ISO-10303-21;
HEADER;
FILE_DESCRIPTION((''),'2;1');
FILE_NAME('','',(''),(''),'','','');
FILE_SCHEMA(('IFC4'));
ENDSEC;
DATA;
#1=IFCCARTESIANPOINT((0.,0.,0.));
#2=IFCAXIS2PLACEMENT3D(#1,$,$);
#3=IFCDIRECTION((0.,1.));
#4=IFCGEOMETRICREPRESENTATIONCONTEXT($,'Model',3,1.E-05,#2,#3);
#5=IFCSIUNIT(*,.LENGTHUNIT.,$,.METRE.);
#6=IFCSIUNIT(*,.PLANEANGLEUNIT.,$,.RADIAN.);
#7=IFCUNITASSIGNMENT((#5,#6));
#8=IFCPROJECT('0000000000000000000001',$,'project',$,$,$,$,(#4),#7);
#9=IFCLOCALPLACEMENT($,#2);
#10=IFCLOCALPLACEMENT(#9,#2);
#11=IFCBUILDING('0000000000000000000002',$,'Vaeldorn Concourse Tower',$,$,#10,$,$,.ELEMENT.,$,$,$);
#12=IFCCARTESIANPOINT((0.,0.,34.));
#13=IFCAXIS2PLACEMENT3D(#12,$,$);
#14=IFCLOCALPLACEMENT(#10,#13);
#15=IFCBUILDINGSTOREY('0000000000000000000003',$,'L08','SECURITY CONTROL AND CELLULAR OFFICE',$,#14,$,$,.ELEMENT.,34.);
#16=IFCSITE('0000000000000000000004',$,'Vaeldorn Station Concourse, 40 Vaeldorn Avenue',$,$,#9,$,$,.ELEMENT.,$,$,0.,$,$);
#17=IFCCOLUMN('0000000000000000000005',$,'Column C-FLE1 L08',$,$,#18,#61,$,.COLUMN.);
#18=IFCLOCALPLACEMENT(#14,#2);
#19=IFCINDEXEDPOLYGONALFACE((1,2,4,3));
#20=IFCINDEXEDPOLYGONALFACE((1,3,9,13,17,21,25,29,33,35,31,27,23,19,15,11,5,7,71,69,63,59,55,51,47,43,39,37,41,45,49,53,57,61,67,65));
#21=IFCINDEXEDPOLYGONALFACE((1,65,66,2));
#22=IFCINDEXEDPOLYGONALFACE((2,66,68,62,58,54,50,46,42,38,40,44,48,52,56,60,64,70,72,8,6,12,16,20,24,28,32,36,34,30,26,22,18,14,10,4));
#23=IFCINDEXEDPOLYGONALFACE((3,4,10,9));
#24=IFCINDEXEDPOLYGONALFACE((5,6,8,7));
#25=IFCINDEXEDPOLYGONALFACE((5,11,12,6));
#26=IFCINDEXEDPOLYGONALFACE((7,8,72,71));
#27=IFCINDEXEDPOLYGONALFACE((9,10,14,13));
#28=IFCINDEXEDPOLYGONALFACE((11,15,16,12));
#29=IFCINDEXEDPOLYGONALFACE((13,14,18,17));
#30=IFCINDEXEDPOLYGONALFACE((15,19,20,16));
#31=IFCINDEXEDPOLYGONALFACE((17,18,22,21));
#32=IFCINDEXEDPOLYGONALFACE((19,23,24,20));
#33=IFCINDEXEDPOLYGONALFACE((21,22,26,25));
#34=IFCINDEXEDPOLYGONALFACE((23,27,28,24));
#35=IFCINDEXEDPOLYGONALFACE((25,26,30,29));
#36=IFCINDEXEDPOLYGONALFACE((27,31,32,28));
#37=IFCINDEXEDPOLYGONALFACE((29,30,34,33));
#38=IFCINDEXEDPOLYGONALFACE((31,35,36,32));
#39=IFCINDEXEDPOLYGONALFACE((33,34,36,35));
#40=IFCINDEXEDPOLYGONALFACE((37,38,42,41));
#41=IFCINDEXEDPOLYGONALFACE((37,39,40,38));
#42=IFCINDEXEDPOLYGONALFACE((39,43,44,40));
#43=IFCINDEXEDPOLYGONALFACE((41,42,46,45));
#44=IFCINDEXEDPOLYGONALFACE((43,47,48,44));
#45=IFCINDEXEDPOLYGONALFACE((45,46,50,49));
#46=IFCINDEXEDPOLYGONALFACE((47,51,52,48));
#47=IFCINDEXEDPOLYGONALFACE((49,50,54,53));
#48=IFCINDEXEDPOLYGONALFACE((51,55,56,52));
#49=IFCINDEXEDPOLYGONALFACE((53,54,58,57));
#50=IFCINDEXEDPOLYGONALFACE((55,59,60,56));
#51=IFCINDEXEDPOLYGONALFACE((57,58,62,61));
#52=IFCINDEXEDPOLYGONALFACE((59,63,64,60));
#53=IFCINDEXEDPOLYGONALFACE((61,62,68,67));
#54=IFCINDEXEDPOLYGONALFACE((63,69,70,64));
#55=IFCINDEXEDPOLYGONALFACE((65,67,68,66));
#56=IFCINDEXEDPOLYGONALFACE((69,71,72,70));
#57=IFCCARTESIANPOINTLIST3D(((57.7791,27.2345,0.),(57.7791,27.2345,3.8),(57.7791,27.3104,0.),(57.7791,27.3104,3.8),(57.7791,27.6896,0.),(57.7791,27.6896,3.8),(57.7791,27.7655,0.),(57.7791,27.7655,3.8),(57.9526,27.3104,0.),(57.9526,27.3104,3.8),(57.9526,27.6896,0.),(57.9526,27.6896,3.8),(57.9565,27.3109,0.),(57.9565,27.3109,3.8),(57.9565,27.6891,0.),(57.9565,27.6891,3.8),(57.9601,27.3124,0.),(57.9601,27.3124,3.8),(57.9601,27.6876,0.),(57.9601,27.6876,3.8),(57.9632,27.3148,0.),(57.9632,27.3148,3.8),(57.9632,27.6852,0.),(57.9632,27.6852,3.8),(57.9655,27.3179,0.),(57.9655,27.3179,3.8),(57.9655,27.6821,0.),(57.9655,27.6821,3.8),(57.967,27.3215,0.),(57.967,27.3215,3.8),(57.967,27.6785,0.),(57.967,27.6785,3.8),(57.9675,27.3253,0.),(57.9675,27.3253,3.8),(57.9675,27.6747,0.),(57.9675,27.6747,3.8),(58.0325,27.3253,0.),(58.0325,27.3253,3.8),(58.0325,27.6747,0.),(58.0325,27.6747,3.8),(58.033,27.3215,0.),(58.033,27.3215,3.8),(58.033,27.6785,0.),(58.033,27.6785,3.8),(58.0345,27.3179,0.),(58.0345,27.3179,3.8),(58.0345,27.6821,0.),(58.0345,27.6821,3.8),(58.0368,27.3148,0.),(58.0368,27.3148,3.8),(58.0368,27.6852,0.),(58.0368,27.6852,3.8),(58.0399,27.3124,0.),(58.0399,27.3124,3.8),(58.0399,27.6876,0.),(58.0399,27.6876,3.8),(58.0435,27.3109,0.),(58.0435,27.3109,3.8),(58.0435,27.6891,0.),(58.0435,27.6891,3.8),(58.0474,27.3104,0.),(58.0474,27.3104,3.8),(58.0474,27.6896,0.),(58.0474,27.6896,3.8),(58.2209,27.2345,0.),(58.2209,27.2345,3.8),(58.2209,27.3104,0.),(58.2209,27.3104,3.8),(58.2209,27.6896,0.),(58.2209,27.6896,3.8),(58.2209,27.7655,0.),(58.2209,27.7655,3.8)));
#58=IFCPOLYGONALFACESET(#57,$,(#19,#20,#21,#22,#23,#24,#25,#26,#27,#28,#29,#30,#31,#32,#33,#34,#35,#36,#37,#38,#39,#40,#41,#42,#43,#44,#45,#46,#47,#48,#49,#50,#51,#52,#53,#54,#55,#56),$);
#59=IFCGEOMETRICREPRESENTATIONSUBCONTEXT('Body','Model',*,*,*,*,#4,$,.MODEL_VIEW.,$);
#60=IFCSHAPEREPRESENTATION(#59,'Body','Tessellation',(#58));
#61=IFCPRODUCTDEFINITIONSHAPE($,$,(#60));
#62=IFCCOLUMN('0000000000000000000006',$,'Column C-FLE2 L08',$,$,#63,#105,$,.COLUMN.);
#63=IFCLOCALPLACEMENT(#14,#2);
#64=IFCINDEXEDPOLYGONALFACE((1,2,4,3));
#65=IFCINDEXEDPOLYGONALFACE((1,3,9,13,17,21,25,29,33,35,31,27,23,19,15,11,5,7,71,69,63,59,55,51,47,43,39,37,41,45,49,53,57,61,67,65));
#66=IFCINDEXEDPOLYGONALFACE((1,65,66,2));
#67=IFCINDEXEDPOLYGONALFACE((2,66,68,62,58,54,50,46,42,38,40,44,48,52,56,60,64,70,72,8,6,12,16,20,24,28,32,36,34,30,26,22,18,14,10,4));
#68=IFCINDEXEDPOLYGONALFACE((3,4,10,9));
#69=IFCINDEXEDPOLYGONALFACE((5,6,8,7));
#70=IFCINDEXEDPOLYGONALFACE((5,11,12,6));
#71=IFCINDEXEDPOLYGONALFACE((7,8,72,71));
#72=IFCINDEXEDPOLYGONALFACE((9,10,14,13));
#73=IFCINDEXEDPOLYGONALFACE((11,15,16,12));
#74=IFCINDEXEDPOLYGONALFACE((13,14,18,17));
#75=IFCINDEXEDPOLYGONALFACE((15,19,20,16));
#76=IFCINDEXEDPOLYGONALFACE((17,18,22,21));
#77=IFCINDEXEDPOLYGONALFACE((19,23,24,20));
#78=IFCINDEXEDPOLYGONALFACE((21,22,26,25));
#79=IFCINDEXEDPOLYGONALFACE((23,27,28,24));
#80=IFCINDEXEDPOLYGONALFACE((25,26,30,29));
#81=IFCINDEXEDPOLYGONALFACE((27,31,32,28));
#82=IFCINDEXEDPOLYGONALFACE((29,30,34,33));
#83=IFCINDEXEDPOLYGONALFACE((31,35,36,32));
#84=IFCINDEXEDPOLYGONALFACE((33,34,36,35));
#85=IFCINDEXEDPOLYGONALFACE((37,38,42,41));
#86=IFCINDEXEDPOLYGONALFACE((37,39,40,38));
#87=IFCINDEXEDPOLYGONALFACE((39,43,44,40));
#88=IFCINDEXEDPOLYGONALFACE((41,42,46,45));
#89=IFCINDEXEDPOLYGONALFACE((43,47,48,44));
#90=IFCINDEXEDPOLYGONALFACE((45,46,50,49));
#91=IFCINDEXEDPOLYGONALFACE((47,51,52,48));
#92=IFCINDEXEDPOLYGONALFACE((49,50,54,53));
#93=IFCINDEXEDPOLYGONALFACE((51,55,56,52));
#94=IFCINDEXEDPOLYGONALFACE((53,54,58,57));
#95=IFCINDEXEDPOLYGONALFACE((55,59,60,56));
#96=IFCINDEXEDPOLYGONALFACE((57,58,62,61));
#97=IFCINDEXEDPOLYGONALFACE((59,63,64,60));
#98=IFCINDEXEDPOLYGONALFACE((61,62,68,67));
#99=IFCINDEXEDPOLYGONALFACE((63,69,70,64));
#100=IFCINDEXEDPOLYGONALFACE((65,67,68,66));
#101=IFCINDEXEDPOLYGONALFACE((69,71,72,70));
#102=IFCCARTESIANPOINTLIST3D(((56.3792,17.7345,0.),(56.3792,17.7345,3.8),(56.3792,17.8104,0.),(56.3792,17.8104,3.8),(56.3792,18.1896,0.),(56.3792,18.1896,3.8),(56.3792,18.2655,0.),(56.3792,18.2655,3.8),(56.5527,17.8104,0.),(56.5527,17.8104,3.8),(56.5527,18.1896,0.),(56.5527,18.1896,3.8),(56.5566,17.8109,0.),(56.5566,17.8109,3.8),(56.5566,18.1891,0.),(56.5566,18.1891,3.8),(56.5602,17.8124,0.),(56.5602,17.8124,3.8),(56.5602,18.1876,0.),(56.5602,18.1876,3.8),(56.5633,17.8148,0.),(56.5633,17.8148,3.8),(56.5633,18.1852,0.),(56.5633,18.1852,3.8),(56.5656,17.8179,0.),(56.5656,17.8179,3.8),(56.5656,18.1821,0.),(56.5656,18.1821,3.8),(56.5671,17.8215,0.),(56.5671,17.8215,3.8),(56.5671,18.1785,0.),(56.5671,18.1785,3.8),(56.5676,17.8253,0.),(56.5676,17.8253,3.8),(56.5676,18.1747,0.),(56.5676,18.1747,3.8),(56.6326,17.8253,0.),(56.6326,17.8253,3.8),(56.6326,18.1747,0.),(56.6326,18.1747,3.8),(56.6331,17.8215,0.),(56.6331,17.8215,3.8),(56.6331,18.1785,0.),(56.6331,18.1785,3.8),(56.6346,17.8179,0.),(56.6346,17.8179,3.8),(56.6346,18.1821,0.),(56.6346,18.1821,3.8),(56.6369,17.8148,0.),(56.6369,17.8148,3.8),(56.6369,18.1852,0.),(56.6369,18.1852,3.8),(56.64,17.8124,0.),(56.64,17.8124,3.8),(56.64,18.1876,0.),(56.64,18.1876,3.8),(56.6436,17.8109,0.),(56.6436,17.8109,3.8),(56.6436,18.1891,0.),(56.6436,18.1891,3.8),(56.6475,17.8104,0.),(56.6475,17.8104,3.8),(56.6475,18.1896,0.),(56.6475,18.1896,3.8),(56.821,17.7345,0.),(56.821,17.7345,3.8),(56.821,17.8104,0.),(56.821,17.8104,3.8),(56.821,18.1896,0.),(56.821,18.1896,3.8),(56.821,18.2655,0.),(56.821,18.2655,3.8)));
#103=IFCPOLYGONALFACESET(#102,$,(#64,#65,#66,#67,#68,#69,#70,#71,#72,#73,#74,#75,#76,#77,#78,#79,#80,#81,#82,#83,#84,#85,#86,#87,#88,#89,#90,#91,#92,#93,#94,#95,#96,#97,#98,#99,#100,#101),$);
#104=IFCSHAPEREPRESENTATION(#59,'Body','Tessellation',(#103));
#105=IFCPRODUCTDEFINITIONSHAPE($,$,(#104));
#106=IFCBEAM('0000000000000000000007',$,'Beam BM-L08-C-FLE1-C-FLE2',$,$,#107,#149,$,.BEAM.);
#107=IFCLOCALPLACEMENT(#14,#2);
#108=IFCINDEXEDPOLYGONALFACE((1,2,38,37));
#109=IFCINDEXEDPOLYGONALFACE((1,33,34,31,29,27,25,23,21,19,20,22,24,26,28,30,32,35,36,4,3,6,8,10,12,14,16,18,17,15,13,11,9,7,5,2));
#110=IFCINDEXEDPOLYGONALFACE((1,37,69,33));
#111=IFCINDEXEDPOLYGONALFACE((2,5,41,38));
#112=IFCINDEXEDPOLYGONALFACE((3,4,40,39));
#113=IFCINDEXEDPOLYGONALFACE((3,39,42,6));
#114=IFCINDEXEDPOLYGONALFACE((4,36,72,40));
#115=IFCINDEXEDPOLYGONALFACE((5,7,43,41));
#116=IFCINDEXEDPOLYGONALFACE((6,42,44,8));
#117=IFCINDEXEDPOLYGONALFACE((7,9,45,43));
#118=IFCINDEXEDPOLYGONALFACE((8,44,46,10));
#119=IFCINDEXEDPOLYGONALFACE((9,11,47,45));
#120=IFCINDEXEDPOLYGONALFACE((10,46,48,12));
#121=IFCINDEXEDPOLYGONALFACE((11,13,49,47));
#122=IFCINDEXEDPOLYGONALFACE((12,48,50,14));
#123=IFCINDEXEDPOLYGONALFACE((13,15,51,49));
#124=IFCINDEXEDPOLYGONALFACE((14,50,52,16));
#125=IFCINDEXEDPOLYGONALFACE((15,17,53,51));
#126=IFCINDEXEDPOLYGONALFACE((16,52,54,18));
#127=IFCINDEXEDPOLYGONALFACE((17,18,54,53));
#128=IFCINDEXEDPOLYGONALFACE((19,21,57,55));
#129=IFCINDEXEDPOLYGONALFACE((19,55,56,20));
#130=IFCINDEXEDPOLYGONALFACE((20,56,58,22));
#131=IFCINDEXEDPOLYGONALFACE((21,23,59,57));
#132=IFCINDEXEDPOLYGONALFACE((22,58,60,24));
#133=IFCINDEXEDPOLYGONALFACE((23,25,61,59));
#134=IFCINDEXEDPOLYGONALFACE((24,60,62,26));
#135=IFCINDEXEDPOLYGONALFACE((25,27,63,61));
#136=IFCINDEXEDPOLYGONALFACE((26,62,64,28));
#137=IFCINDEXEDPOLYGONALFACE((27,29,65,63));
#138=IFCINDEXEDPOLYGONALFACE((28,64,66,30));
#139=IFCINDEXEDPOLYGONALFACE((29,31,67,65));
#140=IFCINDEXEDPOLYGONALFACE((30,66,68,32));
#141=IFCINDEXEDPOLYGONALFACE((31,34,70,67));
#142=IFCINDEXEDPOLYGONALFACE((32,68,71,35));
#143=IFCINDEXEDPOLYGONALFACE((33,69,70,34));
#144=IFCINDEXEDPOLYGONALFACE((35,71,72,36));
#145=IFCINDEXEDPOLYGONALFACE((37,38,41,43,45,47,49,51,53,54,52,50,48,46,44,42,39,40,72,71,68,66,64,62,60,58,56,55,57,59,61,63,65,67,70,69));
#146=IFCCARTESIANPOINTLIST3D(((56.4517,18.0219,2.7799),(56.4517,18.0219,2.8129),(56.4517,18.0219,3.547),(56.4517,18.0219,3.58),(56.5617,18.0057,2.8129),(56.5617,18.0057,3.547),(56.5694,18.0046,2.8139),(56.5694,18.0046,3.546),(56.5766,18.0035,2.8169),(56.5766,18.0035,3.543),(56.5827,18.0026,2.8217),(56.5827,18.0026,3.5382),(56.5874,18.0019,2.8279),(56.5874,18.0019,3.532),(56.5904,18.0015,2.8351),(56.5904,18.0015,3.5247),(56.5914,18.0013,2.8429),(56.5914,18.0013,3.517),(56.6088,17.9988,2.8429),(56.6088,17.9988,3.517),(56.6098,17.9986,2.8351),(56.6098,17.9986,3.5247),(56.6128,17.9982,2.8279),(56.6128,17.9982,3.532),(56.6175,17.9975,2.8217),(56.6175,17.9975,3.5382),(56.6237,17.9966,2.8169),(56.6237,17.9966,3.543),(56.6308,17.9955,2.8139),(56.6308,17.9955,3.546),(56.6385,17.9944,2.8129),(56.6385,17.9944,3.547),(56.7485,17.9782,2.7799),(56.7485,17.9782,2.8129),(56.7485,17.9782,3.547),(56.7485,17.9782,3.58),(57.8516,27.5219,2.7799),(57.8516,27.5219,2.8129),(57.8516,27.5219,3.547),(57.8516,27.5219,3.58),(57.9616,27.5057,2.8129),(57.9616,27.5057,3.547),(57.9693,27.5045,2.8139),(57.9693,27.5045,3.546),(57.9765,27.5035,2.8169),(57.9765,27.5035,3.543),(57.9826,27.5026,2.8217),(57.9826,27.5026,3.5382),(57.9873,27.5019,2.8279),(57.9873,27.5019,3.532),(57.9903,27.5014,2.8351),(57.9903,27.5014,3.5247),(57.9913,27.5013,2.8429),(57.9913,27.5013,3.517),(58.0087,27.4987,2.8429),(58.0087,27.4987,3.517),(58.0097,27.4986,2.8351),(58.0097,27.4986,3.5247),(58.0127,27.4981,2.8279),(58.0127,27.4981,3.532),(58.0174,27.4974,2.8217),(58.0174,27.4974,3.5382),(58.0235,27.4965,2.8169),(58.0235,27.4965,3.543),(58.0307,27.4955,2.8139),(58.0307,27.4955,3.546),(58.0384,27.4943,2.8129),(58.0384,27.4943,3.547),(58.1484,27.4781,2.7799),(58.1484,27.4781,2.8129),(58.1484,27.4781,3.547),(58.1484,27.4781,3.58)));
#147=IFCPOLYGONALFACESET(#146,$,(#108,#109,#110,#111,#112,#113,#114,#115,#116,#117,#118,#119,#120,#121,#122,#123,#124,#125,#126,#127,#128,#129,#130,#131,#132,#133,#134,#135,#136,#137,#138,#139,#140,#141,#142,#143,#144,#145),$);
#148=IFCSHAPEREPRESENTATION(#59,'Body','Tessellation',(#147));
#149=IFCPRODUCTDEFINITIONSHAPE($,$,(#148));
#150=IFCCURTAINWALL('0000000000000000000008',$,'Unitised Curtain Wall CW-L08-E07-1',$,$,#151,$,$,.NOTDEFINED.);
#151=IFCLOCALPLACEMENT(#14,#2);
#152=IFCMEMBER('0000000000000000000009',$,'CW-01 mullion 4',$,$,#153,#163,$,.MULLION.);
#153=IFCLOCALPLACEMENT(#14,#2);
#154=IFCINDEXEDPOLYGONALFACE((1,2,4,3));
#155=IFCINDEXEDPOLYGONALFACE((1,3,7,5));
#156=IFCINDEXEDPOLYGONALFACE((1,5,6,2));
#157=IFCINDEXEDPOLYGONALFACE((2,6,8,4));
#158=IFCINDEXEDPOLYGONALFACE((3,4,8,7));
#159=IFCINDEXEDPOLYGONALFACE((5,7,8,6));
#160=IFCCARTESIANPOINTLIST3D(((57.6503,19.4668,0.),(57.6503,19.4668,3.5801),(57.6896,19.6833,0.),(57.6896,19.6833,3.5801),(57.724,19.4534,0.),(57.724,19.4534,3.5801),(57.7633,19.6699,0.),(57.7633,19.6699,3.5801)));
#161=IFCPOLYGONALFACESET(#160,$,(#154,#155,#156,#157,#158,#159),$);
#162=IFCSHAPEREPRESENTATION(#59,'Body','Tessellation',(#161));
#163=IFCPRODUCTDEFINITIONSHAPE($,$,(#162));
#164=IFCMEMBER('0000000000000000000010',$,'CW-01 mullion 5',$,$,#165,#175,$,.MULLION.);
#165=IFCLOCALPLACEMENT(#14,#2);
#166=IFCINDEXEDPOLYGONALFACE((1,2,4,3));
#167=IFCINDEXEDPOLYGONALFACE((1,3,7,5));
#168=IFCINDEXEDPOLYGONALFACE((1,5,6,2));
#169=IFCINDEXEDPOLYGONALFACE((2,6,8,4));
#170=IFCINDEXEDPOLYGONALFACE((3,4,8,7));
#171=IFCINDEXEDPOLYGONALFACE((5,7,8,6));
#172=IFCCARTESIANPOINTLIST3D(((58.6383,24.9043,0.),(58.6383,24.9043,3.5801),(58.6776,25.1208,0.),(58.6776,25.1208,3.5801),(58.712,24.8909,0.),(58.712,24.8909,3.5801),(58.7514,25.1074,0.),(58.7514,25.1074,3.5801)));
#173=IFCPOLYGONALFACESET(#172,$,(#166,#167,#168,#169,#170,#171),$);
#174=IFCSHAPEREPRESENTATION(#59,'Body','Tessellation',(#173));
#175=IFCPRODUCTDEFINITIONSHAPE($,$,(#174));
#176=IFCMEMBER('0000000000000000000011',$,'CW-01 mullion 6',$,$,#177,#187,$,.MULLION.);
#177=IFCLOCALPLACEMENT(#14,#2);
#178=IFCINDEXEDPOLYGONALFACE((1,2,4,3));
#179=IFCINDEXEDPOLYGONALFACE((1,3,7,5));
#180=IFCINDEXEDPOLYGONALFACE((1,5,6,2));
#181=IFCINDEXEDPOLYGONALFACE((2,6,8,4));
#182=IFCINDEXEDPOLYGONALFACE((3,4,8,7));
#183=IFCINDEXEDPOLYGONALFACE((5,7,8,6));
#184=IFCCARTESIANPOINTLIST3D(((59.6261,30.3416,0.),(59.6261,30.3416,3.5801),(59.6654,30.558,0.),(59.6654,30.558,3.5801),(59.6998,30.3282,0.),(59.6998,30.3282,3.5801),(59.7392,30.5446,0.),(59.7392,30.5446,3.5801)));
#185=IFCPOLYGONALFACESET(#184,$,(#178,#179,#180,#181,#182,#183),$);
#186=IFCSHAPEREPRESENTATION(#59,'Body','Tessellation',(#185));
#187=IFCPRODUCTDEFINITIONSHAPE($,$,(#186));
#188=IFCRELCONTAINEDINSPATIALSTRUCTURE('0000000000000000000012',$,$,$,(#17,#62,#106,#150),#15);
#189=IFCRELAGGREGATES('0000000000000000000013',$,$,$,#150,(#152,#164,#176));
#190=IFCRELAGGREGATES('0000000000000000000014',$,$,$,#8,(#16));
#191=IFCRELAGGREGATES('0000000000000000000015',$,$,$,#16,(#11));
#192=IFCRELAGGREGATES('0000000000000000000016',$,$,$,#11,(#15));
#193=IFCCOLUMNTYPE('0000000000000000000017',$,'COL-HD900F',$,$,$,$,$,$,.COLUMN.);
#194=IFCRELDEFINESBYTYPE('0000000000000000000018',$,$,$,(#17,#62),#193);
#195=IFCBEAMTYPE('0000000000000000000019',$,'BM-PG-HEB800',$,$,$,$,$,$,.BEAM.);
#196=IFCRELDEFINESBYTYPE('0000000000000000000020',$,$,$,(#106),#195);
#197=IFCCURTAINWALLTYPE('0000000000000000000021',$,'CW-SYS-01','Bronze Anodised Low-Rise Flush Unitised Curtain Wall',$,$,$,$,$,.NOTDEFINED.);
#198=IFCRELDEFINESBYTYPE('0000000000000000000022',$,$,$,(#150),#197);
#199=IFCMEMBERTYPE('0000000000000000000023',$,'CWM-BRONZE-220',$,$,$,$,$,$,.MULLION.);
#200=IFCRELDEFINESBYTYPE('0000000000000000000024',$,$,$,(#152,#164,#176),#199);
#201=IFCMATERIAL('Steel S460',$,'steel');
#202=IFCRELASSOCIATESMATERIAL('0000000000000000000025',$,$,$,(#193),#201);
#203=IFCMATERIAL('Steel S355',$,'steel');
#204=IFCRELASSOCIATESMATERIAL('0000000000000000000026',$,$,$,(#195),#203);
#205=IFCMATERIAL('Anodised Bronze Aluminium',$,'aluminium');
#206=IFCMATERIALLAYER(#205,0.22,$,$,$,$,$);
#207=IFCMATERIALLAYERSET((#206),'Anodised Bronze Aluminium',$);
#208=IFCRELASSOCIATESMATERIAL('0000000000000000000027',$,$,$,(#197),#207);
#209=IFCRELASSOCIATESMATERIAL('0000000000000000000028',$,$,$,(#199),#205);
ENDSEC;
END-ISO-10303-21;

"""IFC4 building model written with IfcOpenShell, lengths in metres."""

from ifc_helpers import new_model, si_unit, direction, frame, origin, origin_2d, place, context, subcontext, project, spatial, rectangle, i_section, extrude, source, transform, mapped, material, layer, layer_set, material_profile, profile_set, type_object, element, aggregate, save


model = new_model("IFC4")

# Units and contexts
model_context = context("Model", 3, precision=1e-05, world=origin(), true_north=direction((0.0, 1.0)))
body_context = subcontext(model_context, "Body", "Model", "MODEL_VIEW")
ifc_project = project(units=[si_unit("LENGTHUNIT", "METRE"), si_unit("PLANEANGLEUNIT", "RADIAN")], contexts=[model_context])

# Site, building, storey
site_placement = place(None, origin())
site = spatial("IfcSite", under=ifc_project, at=site_placement, Name="Vaeldorn Station Concourse, 40 Vaeldorn Avenue", CompositionType="ELEMENT", RefElevation=0.0)
building_placement = place(site_placement, origin())
building = spatial("IfcBuilding", under=site, at=building_placement, Name="Vaeldorn Concourse Tower", CompositionType="ELEMENT")
storey_placement = place(building_placement, frame((0.0, 0.0, 34.0)))
storey = spatial("IfcBuildingStorey", under=building, at=storey_placement, Name="L08", Description="SECURITY CONTROL AND CELLULAR OFFICE", CompositionType="ELEMENT", Elevation=34.0)

# Columns
ifc_material_1 = material(Name="Steel S460", Category="steel")
ifc_material_profile_1 = material_profile(ifc_material_1, i_section(OverallWidth=0.4419, OverallDepth=0.531, WebThickness=0.0649, FlangeThickness=0.0759, FilletRadius=0.0149, at=origin_2d()), Name="HD 400x900")
ifc_profile_set_1 = profile_set([ifc_material_profile_1], Name="Steel S460")
column_type = type_object("IfcColumnType", Name="COL-HD900F", PredefinedType="COLUMN", material=ifc_profile_set_1)
shared_shape_1 = source(origin(), body_context, "Body", "SweptSolid", [
    extrude(i_section(OverallWidth=0.4419, OverallDepth=0.531, WebThickness=0.0649, FlangeThickness=0.0759, FilletRadius=0.0149, at=origin_2d()), origin(), (0.0, 0.0, 1.0), 3.8),
])
for number, where, z_axis, x_axis, name in (
    (1, (58.0, 27.5, 0.0), (0.0, 0.0, 1.0), (1.0, 0.0, 0.0), "Column C-FLE1 L08"),
    (2, (56.6001, 18.0, 0.0), (0.0, 0.0, 1.0), (1.0, 0.0, 0.0), "Column C-FLE2 L08"),
):
    element("IfcColumn", number, at=place(storey_placement, frame(where, z_axis=z_axis, x_axis=x_axis)), inside=storey, type_object=column_type, Name=name, PredefinedType="COLUMN", context=body_context, shape_type="MappedRepresentation", body=[
        mapped(shared_shape_1, transform((0.0, 0.0, 0.0), scale=1.0)),
    ])

# Beam
ifc_material_2 = material(Name="Steel S355", Category="steel")
ifc_material_profile_2 = material_profile(ifc_material_2, i_section(OverallWidth=0.3, OverallDepth=0.8, WebThickness=0.0176, FlangeThickness=0.033, FilletRadius=0.03, at=origin_2d()), Name="HEB 800")
ifc_profile_set_2 = profile_set([ifc_material_profile_2], Name="Steel S355")
beam_type = type_object("IfcBeamType", Name="BM-PG-HEB800", PredefinedType="BEAM", material=ifc_profile_set_2)
shared_shape_2 = source(origin(), body_context, "Body", "SweptSolid", [
    extrude(i_section(OverallWidth=0.3, OverallDepth=0.8, WebThickness=0.0176, FlangeThickness=0.033, FilletRadius=0.03, at=origin_2d()), origin(), (0.0, 0.0, 1.0), 9.6025),
])
beam_placement = place(storey_placement, frame((58.0, 27.5, 3.1799), z_axis=(-0.145784, -0.989316, 0.0), x_axis=(0.989316, -0.145784, 0.0)))
element("IfcBeam", 3, at=beam_placement, inside=storey, type_object=beam_type, Name="Beam BM-L08-C-FLE1-C-FLE2", PredefinedType="BEAM", context=body_context, shape_type="MappedRepresentation", body=[
    mapped(shared_shape_2, transform((0.0, 0.0, 0.0), scale=1.0)),
])

# Curtain wall, members
ifc_material_3 = material(Name="Anodised Bronze Aluminium", Category="aluminium")
ifc_layer_1 = layer(ifc_material_3, 0.22)
ifc_layer_set_1 = layer_set([ifc_layer_1], Name="Anodised Bronze Aluminium")
curtain_wall_type = type_object("IfcCurtainWallType", Name="CW-SYS-01", Description="Bronze Anodised Low-Rise Flush Unitised Curtain Wall", PredefinedType="NOTDEFINED", material=ifc_layer_set_1)
curtain_wall_placement = place(storey_placement, origin())
curtain_wall = element("IfcCurtainWall", 4, at=curtain_wall_placement, inside=storey, type_object=curtain_wall_type, Name="Unitised Curtain Wall CW-L08-E07-1", PredefinedType="NOTDEFINED")
ifc_material_profile_3 = material_profile(ifc_material_3, rectangle(XDim=0.075, YDim=0.22, at=origin_2d()), Name="CWM 75x220")
ifc_profile_set_3 = profile_set([ifc_material_profile_3], Name="Anodised Bronze Aluminium")
member_type_1 = type_object("IfcMemberType", Name="CWM-BRONZE-220", PredefinedType="MULLION", material=ifc_profile_set_3)
shared_shape_3 = source(origin(), body_context, "Body", "SweptSolid", [
    extrude(rectangle(XDim=0.075, YDim=0.22, at=origin_2d()), origin(), (0.0, 0.0, 1.0), 3.5801),
])
member_1_placement = place(storey_placement, frame((57.7068, 19.5684, 0.0), z_axis=(0.0, 0.0, 1.0), x_axis=(-0.98389, 0.178775, 0.0)))
member_1 = element("IfcMember", 5, at=member_1_placement, type_object=member_type_1, Name="CW-01 mullion 4", PredefinedType="MULLION", context=body_context, shape_type="MappedRepresentation", body=[
    mapped(shared_shape_3, transform((0.0, 0.0, 0.0), scale=1.0)),
])
member_2_placement = place(storey_placement, frame((58.6948, 25.0059, 0.0), z_axis=(0.0, 0.0, 1.0), x_axis=(-0.98389, 0.178775, 0.0)))
member_2 = element("IfcMember", 6, at=member_2_placement, type_object=member_type_1, Name="CW-01 mullion 5", PredefinedType="MULLION", context=body_context, shape_type="MappedRepresentation", body=[
    mapped(shared_shape_3, transform((0.0, 0.0, 0.0), scale=1.0)),
])
member_3_placement = place(storey_placement, frame((59.6826, 30.4431, 0.0), z_axis=(0.0, 0.0, 1.0), x_axis=(-0.98389, 0.178775, 0.0)))
member_3 = element("IfcMember", 7, at=member_3_placement, type_object=member_type_1, Name="CW-01 mullion 6", PredefinedType="MULLION", context=body_context, shape_type="MappedRepresentation", body=[
    mapped(shared_shape_3, transform((0.0, 0.0, 0.0), scale=1.0)),
])
aggregate(curtain_wall, [member_1, member_2, member_3])

save(model, "model.ifc")
